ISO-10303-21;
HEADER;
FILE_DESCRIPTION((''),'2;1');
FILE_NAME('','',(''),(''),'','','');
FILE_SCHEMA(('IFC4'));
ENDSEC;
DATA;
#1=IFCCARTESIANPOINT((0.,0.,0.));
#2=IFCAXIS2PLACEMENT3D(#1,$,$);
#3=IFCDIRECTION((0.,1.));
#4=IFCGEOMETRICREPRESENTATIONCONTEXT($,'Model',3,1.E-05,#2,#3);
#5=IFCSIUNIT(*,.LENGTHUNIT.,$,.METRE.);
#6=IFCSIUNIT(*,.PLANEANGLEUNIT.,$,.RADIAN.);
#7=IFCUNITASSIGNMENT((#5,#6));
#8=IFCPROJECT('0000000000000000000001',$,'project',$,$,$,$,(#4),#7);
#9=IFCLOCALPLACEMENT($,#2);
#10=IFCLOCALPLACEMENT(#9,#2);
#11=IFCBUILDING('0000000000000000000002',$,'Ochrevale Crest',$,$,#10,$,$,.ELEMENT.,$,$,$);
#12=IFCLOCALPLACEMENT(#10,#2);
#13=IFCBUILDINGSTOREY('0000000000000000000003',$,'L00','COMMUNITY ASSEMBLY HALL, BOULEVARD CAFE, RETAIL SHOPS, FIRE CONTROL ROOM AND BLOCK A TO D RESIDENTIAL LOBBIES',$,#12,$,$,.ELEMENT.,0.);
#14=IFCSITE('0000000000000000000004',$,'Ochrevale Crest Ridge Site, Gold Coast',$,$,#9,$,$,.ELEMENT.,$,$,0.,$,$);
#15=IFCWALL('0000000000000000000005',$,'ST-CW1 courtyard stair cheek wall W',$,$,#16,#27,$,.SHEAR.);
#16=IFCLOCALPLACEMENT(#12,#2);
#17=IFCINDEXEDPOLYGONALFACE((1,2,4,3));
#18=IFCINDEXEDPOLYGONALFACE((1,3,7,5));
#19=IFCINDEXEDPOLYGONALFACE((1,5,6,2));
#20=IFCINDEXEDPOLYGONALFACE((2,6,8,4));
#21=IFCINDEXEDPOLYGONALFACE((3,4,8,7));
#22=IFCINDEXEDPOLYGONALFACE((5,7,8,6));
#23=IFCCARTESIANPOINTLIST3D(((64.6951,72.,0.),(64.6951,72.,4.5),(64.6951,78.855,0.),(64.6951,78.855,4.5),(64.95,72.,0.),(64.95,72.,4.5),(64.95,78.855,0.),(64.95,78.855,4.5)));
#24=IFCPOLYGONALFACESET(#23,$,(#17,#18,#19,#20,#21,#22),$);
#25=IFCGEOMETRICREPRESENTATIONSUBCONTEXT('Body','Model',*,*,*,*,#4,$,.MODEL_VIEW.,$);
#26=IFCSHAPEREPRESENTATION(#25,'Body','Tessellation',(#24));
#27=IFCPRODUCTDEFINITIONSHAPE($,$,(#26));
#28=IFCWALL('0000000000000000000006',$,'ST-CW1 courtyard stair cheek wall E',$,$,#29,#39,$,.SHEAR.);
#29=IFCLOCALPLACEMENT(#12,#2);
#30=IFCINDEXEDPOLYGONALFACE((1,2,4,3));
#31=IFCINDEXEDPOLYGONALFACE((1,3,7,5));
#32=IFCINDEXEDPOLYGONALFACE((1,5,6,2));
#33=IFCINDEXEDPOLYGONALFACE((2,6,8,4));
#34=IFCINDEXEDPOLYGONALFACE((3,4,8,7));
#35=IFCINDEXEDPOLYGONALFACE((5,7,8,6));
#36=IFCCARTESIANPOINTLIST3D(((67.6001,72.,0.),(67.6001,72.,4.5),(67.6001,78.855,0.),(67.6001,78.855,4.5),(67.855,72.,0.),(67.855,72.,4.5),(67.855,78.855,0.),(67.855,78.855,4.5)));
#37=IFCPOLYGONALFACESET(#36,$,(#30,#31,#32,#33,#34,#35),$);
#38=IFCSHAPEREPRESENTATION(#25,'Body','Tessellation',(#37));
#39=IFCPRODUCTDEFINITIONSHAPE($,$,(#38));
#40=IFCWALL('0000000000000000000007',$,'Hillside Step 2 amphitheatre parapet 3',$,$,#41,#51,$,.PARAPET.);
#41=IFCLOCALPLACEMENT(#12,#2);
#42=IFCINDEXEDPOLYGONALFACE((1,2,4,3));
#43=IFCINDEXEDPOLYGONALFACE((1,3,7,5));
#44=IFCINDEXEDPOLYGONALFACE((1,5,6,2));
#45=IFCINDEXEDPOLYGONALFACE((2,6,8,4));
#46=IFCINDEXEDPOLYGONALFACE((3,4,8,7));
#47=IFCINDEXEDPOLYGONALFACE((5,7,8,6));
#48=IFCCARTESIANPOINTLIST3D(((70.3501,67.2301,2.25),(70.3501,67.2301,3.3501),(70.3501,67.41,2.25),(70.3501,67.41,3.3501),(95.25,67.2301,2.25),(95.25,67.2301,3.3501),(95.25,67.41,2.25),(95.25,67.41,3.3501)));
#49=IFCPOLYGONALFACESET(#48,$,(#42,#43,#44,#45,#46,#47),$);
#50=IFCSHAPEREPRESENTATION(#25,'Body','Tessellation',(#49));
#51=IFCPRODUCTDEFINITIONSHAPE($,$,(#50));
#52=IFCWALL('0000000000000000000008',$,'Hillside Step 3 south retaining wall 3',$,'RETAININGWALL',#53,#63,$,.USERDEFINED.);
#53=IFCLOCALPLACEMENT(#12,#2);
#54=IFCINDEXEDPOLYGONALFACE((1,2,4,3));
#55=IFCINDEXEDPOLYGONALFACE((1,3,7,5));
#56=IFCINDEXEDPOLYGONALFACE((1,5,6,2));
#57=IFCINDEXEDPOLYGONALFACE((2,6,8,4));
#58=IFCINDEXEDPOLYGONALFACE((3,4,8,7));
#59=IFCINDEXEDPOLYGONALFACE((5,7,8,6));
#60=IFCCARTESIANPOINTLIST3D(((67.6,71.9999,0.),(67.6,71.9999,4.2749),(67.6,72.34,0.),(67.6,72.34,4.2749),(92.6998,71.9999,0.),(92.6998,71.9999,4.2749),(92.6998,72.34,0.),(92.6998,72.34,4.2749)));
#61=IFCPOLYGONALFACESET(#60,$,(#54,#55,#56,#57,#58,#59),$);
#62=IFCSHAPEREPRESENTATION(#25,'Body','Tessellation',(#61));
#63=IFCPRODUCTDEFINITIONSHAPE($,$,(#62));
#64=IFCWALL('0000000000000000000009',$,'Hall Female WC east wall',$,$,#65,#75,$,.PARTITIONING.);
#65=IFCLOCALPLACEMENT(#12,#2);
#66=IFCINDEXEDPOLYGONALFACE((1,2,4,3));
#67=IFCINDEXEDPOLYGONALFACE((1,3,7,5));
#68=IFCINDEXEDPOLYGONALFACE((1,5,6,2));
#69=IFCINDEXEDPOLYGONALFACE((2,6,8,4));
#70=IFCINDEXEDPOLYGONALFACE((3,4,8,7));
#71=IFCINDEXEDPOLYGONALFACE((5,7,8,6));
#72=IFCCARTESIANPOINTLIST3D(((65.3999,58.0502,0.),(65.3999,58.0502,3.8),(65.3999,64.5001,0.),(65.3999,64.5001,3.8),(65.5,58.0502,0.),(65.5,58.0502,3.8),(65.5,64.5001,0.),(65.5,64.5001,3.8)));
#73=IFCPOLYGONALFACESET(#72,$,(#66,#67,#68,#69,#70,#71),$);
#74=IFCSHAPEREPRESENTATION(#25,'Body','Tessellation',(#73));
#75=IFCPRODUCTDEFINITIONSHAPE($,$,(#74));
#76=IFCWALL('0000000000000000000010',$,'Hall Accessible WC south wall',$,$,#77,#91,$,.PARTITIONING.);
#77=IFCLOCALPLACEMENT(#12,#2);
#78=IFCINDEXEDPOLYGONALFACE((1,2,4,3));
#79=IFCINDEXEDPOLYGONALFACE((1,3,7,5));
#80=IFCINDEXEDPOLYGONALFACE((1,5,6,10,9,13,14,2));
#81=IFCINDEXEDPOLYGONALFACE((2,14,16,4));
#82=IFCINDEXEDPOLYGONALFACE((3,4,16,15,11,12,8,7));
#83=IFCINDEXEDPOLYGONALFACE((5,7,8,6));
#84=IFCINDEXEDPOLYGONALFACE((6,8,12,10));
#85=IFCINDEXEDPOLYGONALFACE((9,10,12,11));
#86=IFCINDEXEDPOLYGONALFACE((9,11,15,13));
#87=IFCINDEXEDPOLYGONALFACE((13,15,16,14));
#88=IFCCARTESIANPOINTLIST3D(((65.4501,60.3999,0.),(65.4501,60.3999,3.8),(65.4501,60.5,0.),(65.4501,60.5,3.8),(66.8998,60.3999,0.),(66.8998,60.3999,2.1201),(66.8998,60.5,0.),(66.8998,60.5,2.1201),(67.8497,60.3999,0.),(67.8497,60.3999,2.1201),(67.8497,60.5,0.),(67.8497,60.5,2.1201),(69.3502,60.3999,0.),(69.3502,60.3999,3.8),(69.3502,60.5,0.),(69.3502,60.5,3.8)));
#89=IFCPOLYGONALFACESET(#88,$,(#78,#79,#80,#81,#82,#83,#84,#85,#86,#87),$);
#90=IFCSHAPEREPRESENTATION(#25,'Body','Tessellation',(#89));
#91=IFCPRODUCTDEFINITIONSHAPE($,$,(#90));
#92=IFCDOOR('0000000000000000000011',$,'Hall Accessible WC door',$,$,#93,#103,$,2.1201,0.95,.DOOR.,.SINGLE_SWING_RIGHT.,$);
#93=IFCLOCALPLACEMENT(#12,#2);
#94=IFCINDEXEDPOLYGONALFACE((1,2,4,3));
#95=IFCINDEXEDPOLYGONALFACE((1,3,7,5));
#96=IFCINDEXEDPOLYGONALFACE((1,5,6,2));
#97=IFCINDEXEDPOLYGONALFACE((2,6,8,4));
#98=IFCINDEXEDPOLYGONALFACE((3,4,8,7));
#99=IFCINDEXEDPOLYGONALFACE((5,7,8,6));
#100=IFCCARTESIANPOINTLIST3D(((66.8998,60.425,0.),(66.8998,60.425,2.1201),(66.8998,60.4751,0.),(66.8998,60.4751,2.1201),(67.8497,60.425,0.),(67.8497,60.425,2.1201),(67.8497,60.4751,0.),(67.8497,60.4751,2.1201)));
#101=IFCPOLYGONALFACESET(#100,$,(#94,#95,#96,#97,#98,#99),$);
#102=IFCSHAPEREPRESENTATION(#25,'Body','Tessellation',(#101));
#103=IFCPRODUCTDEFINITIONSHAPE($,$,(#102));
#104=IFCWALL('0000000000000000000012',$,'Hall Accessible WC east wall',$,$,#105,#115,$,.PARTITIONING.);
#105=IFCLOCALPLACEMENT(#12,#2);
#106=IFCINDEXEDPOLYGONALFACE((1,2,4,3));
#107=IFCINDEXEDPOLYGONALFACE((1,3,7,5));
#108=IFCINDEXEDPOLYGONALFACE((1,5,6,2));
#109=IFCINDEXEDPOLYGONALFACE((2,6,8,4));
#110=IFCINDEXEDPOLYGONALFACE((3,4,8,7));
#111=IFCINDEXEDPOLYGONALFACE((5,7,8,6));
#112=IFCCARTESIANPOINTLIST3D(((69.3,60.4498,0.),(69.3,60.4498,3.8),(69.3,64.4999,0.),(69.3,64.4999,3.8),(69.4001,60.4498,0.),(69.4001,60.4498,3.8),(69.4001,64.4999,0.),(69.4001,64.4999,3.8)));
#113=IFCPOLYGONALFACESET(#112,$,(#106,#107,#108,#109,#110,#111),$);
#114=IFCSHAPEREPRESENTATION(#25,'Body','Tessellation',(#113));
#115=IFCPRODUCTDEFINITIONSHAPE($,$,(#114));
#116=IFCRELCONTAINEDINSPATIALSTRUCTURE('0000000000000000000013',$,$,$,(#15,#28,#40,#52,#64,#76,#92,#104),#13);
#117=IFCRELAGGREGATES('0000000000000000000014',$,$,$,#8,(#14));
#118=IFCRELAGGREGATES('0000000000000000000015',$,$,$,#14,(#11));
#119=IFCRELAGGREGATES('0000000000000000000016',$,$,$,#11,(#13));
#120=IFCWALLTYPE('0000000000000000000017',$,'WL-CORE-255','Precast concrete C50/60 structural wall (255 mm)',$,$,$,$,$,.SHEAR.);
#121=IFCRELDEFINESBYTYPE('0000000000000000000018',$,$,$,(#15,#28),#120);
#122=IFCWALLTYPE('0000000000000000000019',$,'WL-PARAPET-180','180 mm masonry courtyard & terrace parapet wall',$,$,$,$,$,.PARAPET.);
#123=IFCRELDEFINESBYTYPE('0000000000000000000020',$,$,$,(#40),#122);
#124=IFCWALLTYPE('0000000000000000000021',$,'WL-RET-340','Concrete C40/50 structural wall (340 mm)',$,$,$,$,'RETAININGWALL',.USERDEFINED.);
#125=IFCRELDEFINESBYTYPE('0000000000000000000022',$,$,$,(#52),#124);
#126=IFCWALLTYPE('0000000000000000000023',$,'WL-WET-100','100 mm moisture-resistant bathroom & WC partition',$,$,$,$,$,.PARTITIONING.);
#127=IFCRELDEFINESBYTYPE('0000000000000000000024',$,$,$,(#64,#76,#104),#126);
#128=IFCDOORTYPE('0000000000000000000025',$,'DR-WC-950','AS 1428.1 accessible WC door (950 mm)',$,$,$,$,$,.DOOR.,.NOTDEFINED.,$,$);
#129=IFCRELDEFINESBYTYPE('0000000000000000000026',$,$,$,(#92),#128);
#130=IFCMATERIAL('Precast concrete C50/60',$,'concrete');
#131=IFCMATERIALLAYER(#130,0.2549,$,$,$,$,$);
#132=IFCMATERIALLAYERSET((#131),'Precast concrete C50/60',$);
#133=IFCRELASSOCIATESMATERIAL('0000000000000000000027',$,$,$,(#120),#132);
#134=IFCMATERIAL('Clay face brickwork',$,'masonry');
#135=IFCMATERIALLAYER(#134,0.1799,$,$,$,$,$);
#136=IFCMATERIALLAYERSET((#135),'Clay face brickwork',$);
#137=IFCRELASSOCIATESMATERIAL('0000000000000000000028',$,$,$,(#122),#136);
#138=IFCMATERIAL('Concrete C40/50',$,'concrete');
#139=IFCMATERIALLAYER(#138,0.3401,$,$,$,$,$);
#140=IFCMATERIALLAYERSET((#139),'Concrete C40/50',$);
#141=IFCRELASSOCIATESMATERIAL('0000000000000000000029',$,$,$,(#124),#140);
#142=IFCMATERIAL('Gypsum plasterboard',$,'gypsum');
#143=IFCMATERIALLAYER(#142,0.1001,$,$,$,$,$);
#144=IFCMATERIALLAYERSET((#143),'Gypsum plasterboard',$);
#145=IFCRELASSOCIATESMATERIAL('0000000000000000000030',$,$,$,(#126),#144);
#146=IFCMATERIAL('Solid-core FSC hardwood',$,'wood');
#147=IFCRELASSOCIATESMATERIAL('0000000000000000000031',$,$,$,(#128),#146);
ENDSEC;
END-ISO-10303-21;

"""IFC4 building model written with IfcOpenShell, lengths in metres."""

from ifc_helpers import new_model, si_unit, direction, frame, frame_2d, origin, place, context, subcontext, project, spatial, rectangle, extrude, material, layer, layer_set, type_object, element, fill, save


model = new_model("IFC4")

# Units and contexts
model_context = context("Model", 3, precision=1e-05, world=origin(), true_north=direction((0.0, 1.0)))
body_context = subcontext(model_context, "Body", "Model", "MODEL_VIEW")
ifc_project = project(units=[si_unit("LENGTHUNIT", "METRE"), si_unit("PLANEANGLEUNIT", "RADIAN")], contexts=[model_context])

# Site, building, storey
site_placement = place(None, origin())
site = spatial("IfcSite", under=ifc_project, at=site_placement, Name="Ochrevale Crest Ridge Site, Gold Coast", CompositionType="ELEMENT", RefElevation=0.0)
building_placement = place(site_placement, origin())
building = spatial("IfcBuilding", under=site, at=building_placement, Name="Ochrevale Crest", CompositionType="ELEMENT")
storey_placement = place(building_placement, origin())
storey = spatial("IfcBuildingStorey", under=building, at=storey_placement, Name="L00", Description="COMMUNITY ASSEMBLY HALL, BOULEVARD CAFE, RETAIL SHOPS, FIRE CONTROL ROOM AND BLOCK A TO D RESIDENTIAL LOBBIES", CompositionType="ELEMENT", Elevation=0.0)

# Shared definitions
ifc_material_1 = material(Name="Precast concrete C50/60", Category="concrete")

# Walls
ifc_layer_1 = layer(ifc_material_1, 0.2549)
ifc_layer_set_1 = layer_set([ifc_layer_1], Name="Precast concrete C50/60")
wall_type_1 = type_object("IfcWallType", Name="WL-CORE-255", Description="Precast concrete C50/60 structural wall (255 mm)", PredefinedType="SHEAR", material=ifc_layer_set_1)
for number, where, z_axis, x_axis, name in (
    (1, (64.8225, 72.0, 0.0), (0.0, 0.0, 1.0), (0.0, 1.0, 0.0), "ST-CW1 courtyard stair cheek wall W"),
    (2, (67.7275, 72.0, 0.0), (0.0, 0.0, 1.0), (0.0, 1.0, 0.0), "ST-CW1 courtyard stair cheek wall E"),
):
    element("IfcWall", number, at=place(storey_placement, frame(where, z_axis=z_axis, x_axis=x_axis)), inside=storey, type_object=wall_type_1, Name=name, PredefinedType="SHEAR", context=body_context, shape_type="SweptSolid", body=[
        extrude(rectangle(XDim=6.855, YDim=0.2549, at=frame_2d((3.4275, 0.0))), origin(), (0.0, 0.0, 1.0), 4.5),
    ])
ifc_material_2 = material(Name="Clay face brickwork", Category="masonry")
ifc_layer_2 = layer(ifc_material_2, 0.1799)
ifc_layer_set_2 = layer_set([ifc_layer_2], Name="Clay face brickwork")
wall_type_2 = type_object("IfcWallType", Name="WL-PARAPET-180", Description="180 mm masonry courtyard & terrace parapet wall", PredefinedType="PARAPET", material=ifc_layer_set_2)
wall_1_placement = place(storey_placement, frame((70.3501, 67.3201, 2.25), z_axis=(0.0, 0.0, 1.0), x_axis=(1.0, 0.0, 0.0)))
element("IfcWall", 3, at=wall_1_placement, inside=storey, type_object=wall_type_2, Name="Hillside Step 2 amphitheatre parapet 3", PredefinedType="PARAPET", context=body_context, shape_type="SweptSolid", body=[
    extrude(rectangle(XDim=24.8999, YDim=0.1799, at=frame_2d((12.45, 0.0))), origin(), (0.0, 0.0, 1.0), 1.1001),
])
ifc_material_3 = material(Name="Concrete C40/50", Category="concrete")
ifc_layer_3 = layer(ifc_material_3, 0.3401)
ifc_layer_set_3 = layer_set([ifc_layer_3], Name="Concrete C40/50")
wall_type_3 = type_object("IfcWallType", Name="WL-RET-340", Description="Concrete C40/50 structural wall (340 mm)", ElementType="RETAININGWALL", PredefinedType="USERDEFINED", material=ifc_layer_set_3)
wall_2_placement = place(storey_placement, frame((67.6001, 72.1699, 0.0), z_axis=(0.0, 0.0, 1.0), x_axis=(1.0, 0.0, 0.0)))
element("IfcWall", 4, at=wall_2_placement, inside=storey, type_object=wall_type_3, Name="Hillside Step 3 south retaining wall 3", ObjectType="RETAININGWALL", PredefinedType="USERDEFINED", context=body_context, shape_type="SweptSolid", body=[
    extrude(rectangle(XDim=25.0999, YDim=0.3401, at=frame_2d((12.5498, 0.0))), origin(), (0.0, 0.0, 1.0), 4.2749),
])
ifc_material_4 = material(Name="Gypsum plasterboard", Category="gypsum")
ifc_layer_4 = layer(ifc_material_4, 0.1001)
ifc_layer_set_4 = layer_set([ifc_layer_4], Name="Gypsum plasterboard")
wall_type_4 = type_object("IfcWallType", Name="WL-WET-100", Description="100 mm moisture-resistant bathroom & WC partition", PredefinedType="PARTITIONING", material=ifc_layer_set_4)
wall_3_placement = place(storey_placement, frame((65.45, 58.05, 0.0), z_axis=(0.0, 0.0, 1.0), x_axis=(0.0, 1.0, 0.0)))
element("IfcWall", 5, at=wall_3_placement, inside=storey, type_object=wall_type_4, Name="Hall Female WC east wall", PredefinedType="PARTITIONING", context=body_context, shape_type="SweptSolid", body=[
    extrude(rectangle(XDim=6.45, YDim=0.1001, at=frame_2d((3.2251, 0.0))), origin(), (0.0, 0.0, 1.0), 3.8),
])

# Wall, opening, door
wall_4_placement = place(storey_placement, frame((65.45, 60.45, 0.0), z_axis=(0.0, 0.0, 1.0), x_axis=(1.0, 0.0, 0.0)))
wall_4 = element("IfcWall", 6, at=wall_4_placement, inside=storey, type_object=wall_type_4, Name="Hall Accessible WC south wall", PredefinedType="PARTITIONING", context=body_context, shape_type="SweptSolid", body=[
    extrude(rectangle(XDim=3.9001, YDim=0.1001, at=frame_2d((1.9502, 0.0))), origin(), (0.0, 0.0, 1.0), 3.8),
])
opening_placement = place(wall_4_placement, frame((2.3999, 0.0, 0.0), z_axis=(0.0, 0.0, 1.0), x_axis=(-1.0, 0.0, 0.0)))
opening = element("IfcOpeningElement", 7, at=opening_placement, cuts=wall_4, PredefinedType="OPENING", context=body_context, shape_type="SweptSolid", body=[
    extrude(rectangle(XDim=0.95, YDim=2.1201, at=frame_2d((0.4751, 1.0601))), frame((0.0, 0.0601, 0.0), z_axis=(0.0, -1.0, 0.0), x_axis=(1.0, 0.0, 0.0)), (0.0, 0.0, 1.0), 0.1201),
])
ifc_material_5 = material(Name="Solid-core FSC hardwood", Category="wood")
door_type = type_object("IfcDoorType", Name="DR-WC-950", Description="AS 1428.1 accessible WC door (950 mm)", OperationType="NOTDEFINED", PredefinedType="DOOR", material=ifc_material_5)
door_placement = place(opening_placement, origin())
door = element("IfcDoor", 8, at=door_placement, inside=storey, type_object=door_type, Name="Hall Accessible WC door", OperationType="SINGLE_SWING_RIGHT", OverallHeight=2.1201, OverallWidth=0.95, PredefinedType="DOOR", context=body_context, shape_type="SweptSolid", body=[
    extrude(rectangle(XDim=0.95, YDim=2.1201, at=frame_2d((0.4751, 1.0601))), frame((0.0, 0.0249, 0.0), z_axis=(0.0, -1.0, 0.0), x_axis=(1.0, 0.0, 0.0)), (0.0, 0.0, 1.0), 0.05),
])
fill(opening, door)

# Wall
wall_5_placement = place(storey_placement, frame((69.3501, 60.45, 0.0), z_axis=(0.0, 0.0, 1.0), x_axis=(0.0, 1.0, 0.0)))
element("IfcWall", 9, at=wall_5_placement, inside=storey, type_object=wall_type_4, Name="Hall Accessible WC east wall", PredefinedType="PARTITIONING", context=body_context, shape_type="SweptSolid", body=[
    extrude(rectangle(XDim=4.05, YDim=0.1001, at=frame_2d((2.0249, 0.0))), origin(), (0.0, 0.0, 1.0), 3.8),
])

save(model, "model.ifc")
